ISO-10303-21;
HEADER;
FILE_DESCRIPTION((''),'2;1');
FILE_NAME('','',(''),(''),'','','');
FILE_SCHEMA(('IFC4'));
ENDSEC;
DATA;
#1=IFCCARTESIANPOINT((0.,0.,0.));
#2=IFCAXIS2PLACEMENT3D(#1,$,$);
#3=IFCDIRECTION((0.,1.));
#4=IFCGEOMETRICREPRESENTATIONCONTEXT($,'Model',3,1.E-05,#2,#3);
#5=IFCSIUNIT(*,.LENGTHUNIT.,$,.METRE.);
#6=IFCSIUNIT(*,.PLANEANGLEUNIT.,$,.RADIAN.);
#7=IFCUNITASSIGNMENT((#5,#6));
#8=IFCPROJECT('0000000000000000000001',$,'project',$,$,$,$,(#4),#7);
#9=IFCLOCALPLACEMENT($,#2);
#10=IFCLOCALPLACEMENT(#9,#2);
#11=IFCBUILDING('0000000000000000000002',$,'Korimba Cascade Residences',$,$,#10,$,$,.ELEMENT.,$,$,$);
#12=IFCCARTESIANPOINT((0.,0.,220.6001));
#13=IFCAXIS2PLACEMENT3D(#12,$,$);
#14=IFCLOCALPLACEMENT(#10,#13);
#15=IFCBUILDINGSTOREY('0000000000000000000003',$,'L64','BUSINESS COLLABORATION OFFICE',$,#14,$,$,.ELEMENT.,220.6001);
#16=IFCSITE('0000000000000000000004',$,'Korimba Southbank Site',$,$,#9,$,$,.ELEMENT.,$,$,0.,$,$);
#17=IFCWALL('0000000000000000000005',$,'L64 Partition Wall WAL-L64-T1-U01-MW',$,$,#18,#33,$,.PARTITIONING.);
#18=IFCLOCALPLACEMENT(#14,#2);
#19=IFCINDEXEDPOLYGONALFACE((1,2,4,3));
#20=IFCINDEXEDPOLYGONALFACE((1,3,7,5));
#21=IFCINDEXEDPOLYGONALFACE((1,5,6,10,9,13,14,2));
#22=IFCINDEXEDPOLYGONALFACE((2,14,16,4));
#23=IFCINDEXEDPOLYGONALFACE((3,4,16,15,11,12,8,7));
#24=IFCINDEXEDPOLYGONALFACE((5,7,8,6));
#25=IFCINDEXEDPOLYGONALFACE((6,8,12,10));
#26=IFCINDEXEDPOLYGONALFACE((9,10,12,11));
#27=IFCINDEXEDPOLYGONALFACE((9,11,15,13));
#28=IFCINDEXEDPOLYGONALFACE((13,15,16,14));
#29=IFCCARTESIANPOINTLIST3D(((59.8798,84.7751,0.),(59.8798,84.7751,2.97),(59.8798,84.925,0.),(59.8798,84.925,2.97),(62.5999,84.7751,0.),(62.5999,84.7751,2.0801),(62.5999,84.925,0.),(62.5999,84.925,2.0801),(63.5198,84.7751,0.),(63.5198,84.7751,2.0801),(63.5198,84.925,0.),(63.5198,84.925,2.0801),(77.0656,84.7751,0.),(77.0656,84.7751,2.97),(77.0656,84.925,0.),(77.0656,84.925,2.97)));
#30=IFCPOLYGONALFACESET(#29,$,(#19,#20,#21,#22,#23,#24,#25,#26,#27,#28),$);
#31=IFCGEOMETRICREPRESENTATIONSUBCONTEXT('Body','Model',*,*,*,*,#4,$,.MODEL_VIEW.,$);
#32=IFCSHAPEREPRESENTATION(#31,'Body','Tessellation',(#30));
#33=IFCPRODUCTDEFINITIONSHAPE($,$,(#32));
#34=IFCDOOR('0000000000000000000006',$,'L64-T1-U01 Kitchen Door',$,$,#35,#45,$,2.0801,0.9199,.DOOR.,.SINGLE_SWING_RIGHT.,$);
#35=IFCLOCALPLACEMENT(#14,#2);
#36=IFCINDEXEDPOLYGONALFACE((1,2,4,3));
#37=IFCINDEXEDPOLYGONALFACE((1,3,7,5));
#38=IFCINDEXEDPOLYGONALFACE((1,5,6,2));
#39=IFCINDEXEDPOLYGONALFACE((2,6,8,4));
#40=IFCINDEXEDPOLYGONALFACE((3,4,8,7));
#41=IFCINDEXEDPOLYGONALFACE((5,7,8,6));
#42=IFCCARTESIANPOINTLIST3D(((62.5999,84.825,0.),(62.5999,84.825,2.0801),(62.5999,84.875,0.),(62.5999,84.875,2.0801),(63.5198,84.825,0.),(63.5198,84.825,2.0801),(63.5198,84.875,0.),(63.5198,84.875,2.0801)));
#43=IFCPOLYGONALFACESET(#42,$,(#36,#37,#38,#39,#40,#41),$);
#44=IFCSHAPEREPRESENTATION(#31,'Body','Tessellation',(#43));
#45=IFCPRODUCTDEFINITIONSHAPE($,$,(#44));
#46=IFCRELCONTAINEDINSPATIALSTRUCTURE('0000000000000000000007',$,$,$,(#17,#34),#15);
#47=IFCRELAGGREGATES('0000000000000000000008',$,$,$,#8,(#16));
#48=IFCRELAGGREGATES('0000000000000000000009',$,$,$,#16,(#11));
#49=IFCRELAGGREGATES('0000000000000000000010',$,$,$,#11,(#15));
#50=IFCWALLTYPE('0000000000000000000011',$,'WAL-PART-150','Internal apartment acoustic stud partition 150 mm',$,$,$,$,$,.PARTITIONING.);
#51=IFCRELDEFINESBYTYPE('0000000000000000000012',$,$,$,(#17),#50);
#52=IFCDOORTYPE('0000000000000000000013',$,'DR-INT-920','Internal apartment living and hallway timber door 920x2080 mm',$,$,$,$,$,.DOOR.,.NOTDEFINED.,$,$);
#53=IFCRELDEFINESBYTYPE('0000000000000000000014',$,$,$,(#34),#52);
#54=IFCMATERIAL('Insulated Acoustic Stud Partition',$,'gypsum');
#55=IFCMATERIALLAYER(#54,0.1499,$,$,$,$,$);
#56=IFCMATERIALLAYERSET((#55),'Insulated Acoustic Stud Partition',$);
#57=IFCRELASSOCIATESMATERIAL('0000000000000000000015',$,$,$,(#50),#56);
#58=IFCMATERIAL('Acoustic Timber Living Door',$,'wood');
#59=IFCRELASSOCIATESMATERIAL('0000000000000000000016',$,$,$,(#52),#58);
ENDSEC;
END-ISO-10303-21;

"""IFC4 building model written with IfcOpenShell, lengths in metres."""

from ifc_helpers import new_model, si_unit, direction, frame, frame_2d, origin, place, context, subcontext, project, spatial, rectangle, extrude, material, layer, layer_set, type_object, element, fill, save


model = new_model("IFC4")

# Units and contexts
model_context = context("Model", 3, precision=1e-05, world=origin(), true_north=direction((0.0, 1.0)))
body_context = subcontext(model_context, "Body", "Model", "MODEL_VIEW")
ifc_project = project(units=[si_unit("LENGTHUNIT", "METRE"), si_unit("PLANEANGLEUNIT", "RADIAN")], contexts=[model_context])

# Site, building, storey
site_placement = place(None, origin())
site = spatial("IfcSite", under=ifc_project, at=site_placement, Name="Korimba Southbank Site", CompositionType="ELEMENT", RefElevation=0.0)
building_placement = place(site_placement, origin())
building = spatial("IfcBuilding", under=site, at=building_placement, Name="Korimba Cascade Residences", CompositionType="ELEMENT")
storey_placement = place(building_placement, frame((0.0, 0.0, 220.6001)))
storey = spatial("IfcBuildingStorey", under=building, at=storey_placement, Name="L64", Description="BUSINESS COLLABORATION OFFICE", CompositionType="ELEMENT", Elevation=220.6001)

# Wall, opening, door
ifc_material_1 = material(Name="Insulated Acoustic Stud Partition", Category="gypsum")
ifc_layer_1 = layer(ifc_material_1, 0.1499)
ifc_layer_set_1 = layer_set([ifc_layer_1], Name="Insulated Acoustic Stud Partition")
wall_type_1 = type_object("IfcWallType", Name="WAL-PART-150", Description="Internal apartment acoustic stud partition 150 mm", PredefinedType="PARTITIONING", material=ifc_layer_set_1)
wall_1_placement = place(storey_placement, frame((59.8799, 84.8501, 0.0), z_axis=(0.0, 0.0, 1.0), x_axis=(1.0, 0.0, 0.0)))
wall_1 = element("IfcWall", 1, at=wall_1_placement, inside=storey, type_object=wall_type_1, Name="L64 Partition Wall WAL-L64-T1-U01-MW", PredefinedType="PARTITIONING", context=body_context, shape_type="SweptSolid", body=[
    extrude(rectangle(XDim=17.1858, YDim=0.1499, at=frame_2d((8.5928, 0.0))), origin(), (0.0, 0.0, 1.0), 2.97),
])
opening_1_placement = place(wall_1_placement, frame((2.72, 0.0, 0.0)))
opening_1 = element("IfcOpeningElement", 2, at=opening_1_placement, cuts=wall_1, PredefinedType="OPENING", context=body_context, shape_type="SweptSolid", body=[
    extrude(rectangle(XDim=0.9199, YDim=2.0801, at=frame_2d((0.46, 1.04))), frame((0.0, 0.085, 0.0), z_axis=(0.0, -1.0, 0.0), x_axis=(1.0, 0.0, 0.0)), (0.0, 0.0, 1.0), 0.1699),
])
ifc_material_2 = material(Name="Acoustic Timber Living Door", Category="wood")
door_type_1 = type_object("IfcDoorType", Name="DR-INT-920", Description="Internal apartment living and hallway timber door 920x2080 mm", OperationType="NOTDEFINED", PredefinedType="DOOR", material=ifc_material_2)
door_1_placement = place(opening_1_placement, origin())
door_1 = element("IfcDoor", 3, at=door_1_placement, inside=storey, type_object=door_type_1, Name="L64-T1-U01 Kitchen Door", OperationType="SINGLE_SWING_RIGHT", OverallHeight=2.0801, OverallWidth=0.9199, PredefinedType="DOOR", context=body_context, shape_type="SweptSolid", body=[
    extrude(rectangle(XDim=0.9199, YDim=2.0801, at=frame_2d((0.46, 1.04))), frame((0.0, 0.0249, 0.0), z_axis=(0.0, -1.0, 0.0), x_axis=(1.0, 0.0, 0.0)), (0.0, 0.0, 1.0), 0.05),
])
fill(opening_1, door_1)

save(model, "model.ifc")
